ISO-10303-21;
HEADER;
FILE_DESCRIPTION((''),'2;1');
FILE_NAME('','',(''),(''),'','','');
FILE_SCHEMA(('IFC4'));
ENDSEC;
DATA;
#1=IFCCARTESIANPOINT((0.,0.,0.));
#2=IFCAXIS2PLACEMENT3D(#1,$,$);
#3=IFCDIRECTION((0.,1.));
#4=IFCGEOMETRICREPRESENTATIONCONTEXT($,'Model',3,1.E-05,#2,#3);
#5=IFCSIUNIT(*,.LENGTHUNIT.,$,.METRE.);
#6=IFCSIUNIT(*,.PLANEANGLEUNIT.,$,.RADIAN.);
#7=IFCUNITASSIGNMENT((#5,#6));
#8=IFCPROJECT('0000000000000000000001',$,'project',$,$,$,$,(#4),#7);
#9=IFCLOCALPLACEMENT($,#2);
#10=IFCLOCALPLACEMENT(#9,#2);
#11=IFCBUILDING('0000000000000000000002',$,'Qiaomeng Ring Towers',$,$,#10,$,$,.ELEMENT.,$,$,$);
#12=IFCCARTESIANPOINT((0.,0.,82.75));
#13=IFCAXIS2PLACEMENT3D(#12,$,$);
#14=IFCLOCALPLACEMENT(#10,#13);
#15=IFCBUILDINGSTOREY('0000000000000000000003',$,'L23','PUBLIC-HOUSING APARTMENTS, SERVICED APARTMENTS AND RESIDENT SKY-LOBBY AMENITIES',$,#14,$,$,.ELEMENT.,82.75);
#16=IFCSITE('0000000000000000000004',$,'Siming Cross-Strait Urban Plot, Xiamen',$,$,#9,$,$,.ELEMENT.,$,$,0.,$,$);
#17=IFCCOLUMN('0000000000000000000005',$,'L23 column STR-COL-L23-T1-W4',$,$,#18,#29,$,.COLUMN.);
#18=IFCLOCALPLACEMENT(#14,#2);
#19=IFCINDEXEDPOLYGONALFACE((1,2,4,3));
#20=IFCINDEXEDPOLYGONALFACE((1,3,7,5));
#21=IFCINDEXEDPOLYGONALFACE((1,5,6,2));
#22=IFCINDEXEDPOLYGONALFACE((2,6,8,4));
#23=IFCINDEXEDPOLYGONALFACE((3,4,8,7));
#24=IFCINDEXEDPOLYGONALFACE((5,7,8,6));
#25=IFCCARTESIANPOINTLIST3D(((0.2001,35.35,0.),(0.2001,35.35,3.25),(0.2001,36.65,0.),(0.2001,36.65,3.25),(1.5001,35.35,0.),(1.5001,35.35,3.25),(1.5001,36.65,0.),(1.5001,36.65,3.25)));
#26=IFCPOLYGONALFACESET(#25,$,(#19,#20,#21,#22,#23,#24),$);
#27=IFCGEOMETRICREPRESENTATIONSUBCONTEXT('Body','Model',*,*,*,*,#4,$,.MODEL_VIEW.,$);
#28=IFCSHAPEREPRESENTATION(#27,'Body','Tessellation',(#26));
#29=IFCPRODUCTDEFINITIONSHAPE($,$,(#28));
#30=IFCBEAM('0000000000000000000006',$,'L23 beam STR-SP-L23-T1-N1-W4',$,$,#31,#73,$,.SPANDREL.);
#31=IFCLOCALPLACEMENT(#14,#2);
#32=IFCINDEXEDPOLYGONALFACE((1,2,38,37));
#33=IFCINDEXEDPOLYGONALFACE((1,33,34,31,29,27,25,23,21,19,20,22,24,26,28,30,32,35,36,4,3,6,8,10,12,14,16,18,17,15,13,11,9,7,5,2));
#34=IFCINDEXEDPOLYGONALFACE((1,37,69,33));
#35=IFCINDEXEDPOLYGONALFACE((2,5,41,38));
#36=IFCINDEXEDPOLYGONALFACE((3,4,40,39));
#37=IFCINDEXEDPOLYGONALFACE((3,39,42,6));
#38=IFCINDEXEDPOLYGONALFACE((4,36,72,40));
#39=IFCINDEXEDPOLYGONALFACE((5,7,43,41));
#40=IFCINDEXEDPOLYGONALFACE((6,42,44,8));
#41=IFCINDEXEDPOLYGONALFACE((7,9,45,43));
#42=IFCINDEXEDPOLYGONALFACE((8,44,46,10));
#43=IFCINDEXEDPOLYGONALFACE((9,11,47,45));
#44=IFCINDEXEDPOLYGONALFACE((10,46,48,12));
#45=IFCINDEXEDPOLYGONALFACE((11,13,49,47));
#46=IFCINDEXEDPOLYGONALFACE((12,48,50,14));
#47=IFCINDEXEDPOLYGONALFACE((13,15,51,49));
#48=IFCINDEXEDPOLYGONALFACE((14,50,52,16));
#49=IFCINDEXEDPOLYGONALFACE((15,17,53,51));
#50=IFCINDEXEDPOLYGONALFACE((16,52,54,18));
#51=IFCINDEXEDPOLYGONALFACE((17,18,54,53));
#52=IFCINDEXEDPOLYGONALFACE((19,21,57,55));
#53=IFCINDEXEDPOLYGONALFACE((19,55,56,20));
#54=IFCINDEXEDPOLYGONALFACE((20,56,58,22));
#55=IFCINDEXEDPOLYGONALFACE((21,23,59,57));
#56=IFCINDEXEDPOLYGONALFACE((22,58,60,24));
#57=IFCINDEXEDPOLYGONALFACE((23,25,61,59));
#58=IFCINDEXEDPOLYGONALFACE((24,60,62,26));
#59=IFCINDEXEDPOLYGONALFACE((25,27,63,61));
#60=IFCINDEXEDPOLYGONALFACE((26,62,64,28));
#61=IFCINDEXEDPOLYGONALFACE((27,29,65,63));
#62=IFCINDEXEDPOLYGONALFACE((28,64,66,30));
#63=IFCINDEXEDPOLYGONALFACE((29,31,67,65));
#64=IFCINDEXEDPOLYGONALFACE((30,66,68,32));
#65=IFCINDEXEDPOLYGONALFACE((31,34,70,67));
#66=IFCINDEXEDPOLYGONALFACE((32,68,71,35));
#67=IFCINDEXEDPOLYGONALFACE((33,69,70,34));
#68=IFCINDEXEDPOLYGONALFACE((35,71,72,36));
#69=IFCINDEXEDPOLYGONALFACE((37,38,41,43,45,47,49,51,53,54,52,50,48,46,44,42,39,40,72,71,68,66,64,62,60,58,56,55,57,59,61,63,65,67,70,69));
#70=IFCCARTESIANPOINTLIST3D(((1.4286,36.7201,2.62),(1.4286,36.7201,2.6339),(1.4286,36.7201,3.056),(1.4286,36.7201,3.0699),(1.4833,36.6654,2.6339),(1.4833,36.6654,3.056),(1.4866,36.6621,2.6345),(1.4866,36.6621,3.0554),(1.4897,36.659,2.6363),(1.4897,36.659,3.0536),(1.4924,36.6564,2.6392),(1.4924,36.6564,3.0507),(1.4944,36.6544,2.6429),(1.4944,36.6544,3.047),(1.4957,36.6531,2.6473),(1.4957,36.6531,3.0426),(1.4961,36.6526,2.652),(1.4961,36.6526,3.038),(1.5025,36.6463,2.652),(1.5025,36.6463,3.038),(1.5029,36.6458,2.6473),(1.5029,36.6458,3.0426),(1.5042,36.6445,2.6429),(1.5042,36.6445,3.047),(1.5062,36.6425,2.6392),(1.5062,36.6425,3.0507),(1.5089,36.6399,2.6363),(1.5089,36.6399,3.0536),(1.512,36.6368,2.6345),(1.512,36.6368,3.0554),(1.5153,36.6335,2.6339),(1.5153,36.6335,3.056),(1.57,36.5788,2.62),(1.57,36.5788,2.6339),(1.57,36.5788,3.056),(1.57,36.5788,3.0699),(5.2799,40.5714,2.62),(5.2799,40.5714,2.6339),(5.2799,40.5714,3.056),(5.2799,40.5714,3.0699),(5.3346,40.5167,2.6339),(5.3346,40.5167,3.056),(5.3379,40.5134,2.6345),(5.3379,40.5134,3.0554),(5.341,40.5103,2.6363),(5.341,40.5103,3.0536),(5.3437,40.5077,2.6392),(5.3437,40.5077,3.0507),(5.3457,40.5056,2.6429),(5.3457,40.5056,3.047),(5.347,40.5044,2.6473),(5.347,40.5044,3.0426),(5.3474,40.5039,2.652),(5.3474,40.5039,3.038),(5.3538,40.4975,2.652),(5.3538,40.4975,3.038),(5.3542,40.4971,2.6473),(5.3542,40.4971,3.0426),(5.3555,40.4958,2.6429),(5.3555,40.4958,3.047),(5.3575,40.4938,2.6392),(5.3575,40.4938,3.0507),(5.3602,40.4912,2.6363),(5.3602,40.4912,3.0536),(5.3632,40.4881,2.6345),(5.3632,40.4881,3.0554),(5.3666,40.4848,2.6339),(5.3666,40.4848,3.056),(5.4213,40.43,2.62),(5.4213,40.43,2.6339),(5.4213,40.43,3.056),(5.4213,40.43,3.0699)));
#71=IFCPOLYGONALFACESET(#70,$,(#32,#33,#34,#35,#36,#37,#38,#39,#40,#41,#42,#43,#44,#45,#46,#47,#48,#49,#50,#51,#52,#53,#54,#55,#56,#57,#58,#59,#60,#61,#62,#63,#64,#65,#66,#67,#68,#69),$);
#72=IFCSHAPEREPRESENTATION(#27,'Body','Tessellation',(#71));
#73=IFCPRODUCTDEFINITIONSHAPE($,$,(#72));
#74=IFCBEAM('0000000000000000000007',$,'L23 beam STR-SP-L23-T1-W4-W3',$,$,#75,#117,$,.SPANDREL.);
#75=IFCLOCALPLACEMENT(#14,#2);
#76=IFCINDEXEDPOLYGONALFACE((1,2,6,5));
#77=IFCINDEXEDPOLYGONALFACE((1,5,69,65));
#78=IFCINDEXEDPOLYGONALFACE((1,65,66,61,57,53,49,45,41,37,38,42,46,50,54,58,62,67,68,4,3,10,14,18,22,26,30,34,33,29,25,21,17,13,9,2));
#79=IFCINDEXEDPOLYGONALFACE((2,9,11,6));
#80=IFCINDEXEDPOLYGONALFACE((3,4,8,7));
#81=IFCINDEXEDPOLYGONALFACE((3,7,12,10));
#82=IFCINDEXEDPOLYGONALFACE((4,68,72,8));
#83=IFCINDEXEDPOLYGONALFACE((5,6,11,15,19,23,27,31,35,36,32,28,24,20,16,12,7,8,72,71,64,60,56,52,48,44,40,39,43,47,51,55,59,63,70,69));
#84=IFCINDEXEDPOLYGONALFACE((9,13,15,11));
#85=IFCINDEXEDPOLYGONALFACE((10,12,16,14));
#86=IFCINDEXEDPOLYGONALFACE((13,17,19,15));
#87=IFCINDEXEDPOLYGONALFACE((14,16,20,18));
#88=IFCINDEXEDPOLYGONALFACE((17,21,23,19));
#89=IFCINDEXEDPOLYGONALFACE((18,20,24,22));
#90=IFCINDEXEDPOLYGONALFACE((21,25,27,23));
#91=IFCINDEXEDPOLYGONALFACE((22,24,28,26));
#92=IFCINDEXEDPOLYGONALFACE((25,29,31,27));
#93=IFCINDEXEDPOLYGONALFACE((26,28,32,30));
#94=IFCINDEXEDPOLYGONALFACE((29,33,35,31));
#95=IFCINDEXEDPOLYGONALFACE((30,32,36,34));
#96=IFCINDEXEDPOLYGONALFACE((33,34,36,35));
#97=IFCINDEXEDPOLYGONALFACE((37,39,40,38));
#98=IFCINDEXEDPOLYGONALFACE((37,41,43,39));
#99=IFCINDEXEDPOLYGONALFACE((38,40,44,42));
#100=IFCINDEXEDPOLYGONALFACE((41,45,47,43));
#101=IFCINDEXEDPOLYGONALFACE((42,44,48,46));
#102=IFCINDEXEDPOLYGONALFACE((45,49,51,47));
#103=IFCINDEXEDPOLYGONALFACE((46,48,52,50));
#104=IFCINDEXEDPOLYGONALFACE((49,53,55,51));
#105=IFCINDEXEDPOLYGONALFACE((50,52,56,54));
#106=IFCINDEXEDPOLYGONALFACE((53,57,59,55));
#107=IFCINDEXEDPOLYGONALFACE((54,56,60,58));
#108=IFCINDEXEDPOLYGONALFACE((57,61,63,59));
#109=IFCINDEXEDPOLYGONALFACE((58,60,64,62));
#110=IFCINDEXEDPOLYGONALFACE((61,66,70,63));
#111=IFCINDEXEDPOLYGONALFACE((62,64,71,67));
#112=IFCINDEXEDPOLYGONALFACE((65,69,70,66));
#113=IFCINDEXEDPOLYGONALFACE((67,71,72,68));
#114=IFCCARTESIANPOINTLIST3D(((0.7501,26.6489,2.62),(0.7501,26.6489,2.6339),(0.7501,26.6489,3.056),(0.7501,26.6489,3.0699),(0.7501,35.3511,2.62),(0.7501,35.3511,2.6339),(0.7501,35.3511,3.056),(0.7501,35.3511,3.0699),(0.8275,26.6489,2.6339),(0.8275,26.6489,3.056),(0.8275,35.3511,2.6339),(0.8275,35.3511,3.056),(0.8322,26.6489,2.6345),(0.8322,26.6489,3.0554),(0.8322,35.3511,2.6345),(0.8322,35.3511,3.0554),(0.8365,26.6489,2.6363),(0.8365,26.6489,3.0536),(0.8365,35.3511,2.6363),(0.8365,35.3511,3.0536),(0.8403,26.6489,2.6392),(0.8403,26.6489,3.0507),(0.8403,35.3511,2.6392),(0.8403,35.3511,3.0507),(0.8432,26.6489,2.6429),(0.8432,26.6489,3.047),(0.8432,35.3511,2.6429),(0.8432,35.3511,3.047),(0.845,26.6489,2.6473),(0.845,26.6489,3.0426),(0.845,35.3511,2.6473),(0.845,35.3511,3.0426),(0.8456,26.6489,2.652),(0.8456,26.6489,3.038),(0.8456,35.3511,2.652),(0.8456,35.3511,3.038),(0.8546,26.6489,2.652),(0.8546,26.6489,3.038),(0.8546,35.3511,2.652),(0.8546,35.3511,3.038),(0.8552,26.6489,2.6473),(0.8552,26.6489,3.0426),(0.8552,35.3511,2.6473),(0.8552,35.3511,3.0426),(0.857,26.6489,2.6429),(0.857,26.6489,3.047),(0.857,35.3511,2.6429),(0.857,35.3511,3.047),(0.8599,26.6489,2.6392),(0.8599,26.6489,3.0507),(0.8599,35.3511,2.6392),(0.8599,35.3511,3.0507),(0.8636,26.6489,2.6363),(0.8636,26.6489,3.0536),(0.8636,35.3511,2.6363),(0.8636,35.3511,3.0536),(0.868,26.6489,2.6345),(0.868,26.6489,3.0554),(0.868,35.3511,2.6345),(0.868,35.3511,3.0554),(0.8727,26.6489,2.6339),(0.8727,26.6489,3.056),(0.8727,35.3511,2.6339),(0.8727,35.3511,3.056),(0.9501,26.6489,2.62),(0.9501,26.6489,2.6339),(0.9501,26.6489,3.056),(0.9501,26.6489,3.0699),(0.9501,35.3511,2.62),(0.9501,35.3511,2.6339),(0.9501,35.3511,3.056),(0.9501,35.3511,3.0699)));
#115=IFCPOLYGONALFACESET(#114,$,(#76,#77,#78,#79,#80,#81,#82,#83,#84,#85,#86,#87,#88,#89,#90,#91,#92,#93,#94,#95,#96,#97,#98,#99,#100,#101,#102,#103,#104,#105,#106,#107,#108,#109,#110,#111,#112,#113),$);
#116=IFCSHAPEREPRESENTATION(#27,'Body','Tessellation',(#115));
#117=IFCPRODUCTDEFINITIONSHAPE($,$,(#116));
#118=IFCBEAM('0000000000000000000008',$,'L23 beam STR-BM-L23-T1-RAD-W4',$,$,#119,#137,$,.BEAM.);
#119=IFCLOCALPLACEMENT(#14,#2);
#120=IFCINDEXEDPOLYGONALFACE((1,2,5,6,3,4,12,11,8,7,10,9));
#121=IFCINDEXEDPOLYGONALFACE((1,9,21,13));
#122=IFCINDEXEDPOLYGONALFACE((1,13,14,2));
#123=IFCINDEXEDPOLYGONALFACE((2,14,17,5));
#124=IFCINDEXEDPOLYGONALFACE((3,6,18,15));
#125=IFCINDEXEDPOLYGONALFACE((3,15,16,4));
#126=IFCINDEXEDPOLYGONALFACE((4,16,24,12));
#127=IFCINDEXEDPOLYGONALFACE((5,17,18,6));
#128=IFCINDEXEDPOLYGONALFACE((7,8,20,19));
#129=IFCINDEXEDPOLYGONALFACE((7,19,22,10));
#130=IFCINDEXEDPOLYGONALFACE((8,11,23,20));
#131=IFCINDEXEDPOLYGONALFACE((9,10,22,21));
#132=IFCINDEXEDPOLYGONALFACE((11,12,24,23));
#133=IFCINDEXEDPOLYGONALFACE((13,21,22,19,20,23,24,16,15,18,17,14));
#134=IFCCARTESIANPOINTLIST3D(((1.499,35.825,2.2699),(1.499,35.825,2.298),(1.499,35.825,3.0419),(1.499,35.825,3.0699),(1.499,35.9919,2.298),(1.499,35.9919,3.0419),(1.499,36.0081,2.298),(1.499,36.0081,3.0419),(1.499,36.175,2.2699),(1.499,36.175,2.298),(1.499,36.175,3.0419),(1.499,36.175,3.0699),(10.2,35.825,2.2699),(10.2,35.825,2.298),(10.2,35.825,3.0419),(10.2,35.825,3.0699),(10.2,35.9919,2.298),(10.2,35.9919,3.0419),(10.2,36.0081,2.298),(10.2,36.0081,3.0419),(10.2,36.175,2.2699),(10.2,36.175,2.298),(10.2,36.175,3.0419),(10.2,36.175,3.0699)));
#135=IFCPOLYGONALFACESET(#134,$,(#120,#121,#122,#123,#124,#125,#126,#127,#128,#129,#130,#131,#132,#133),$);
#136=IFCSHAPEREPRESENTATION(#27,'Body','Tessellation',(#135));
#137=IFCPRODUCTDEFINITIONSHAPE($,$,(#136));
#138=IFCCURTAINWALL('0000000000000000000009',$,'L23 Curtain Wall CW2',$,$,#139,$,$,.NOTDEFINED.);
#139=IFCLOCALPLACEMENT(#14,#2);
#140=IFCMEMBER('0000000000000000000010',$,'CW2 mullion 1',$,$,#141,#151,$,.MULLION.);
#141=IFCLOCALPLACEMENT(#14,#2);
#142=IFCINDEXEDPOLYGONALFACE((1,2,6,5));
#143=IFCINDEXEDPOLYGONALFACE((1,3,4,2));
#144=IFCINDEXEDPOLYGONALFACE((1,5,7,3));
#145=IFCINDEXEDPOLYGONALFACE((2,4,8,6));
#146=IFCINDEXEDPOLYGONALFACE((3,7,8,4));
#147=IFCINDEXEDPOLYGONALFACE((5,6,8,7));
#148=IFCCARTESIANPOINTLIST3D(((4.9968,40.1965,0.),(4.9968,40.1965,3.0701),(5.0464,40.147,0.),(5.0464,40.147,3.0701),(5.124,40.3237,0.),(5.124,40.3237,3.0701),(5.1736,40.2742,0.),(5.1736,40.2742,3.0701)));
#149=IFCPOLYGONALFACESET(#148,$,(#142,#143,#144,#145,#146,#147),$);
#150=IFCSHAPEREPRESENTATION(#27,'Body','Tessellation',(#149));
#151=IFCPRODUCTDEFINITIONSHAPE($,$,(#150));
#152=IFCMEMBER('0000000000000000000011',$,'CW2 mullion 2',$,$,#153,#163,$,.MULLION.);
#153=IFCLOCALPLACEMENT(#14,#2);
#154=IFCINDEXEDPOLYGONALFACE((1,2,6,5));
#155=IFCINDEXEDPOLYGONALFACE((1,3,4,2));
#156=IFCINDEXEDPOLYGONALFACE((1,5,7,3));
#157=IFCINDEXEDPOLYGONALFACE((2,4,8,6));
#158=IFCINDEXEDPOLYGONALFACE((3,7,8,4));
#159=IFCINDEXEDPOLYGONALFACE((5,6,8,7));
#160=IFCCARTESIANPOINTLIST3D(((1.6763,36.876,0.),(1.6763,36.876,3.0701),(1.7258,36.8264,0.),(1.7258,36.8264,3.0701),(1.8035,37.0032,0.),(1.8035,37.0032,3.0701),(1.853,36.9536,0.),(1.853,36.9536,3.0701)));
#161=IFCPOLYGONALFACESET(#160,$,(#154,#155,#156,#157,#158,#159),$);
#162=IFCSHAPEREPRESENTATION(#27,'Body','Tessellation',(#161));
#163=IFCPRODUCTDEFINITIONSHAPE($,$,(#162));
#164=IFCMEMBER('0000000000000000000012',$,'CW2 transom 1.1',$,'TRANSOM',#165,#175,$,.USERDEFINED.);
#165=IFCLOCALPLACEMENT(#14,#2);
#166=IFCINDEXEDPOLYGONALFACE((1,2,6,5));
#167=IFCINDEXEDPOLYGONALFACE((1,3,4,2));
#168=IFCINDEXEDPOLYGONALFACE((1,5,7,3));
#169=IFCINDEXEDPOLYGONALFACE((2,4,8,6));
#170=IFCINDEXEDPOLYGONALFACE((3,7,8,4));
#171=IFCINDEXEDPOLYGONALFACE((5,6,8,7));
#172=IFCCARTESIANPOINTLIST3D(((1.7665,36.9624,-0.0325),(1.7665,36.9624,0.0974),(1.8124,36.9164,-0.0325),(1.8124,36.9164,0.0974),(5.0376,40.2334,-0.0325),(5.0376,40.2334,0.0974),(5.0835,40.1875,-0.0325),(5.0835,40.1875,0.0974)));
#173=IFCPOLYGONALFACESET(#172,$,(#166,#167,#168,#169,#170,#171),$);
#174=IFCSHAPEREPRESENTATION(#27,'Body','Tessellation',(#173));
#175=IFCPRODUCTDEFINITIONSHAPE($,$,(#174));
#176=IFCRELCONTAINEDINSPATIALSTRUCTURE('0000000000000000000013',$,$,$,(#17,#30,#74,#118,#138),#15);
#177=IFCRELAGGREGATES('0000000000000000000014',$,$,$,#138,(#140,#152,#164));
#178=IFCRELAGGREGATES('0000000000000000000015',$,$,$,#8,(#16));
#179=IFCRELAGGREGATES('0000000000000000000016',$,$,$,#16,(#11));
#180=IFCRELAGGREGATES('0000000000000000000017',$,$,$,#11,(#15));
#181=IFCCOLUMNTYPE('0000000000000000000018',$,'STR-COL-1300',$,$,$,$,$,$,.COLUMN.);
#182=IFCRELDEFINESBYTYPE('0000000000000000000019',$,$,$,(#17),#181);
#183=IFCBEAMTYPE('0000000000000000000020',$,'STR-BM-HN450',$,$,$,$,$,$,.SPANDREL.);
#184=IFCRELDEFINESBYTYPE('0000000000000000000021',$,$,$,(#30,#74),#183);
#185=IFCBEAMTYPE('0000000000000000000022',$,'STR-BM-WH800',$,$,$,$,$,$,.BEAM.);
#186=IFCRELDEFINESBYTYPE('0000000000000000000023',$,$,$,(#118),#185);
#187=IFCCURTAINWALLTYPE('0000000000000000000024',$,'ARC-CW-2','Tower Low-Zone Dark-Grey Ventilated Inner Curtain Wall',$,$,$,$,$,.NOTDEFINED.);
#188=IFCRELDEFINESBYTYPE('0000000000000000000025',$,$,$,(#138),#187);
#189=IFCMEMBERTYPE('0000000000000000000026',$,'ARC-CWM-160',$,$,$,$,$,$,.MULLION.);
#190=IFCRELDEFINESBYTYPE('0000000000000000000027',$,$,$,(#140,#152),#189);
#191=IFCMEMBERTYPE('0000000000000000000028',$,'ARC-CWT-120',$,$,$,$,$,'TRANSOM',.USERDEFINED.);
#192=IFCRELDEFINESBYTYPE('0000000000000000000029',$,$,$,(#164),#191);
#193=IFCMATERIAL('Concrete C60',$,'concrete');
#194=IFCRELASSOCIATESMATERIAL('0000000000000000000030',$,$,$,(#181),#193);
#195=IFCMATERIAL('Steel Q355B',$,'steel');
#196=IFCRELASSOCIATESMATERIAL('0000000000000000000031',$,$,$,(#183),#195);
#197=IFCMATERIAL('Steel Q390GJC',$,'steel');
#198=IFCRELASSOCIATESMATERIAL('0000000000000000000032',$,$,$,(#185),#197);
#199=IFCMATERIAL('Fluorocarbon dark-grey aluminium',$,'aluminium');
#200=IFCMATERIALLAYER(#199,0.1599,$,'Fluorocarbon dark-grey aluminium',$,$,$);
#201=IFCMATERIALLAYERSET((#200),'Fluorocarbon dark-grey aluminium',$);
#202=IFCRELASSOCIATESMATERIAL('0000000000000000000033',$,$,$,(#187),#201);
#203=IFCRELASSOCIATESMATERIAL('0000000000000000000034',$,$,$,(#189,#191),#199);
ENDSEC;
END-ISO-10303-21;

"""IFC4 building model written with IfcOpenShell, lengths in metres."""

from ifc_helpers import new_model, si_unit, direction, frame, origin, origin_2d, place, context, subcontext, project, spatial, rectangle, i_section, extrude, source, transform, mapped, material, layer, layer_set, material_profile, profile_set, type_object, element, aggregate, save


model = new_model("IFC4")

# Units and contexts
model_context = context("Model", 3, precision=1e-05, world=origin(), true_north=direction((0.0, 1.0)))
body_context = subcontext(model_context, "Body", "Model", "MODEL_VIEW")
ifc_project = project(units=[si_unit("LENGTHUNIT", "METRE"), si_unit("PLANEANGLEUNIT", "RADIAN")], contexts=[model_context])

# Site, building, storey
site_placement = place(None, origin())
site = spatial("IfcSite", under=ifc_project, at=site_placement, Name="Siming Cross-Strait Urban Plot, Xiamen", CompositionType="ELEMENT", RefElevation=0.0)
building_placement = place(site_placement, origin())
building = spatial("IfcBuilding", under=site, at=building_placement, Name="Qiaomeng Ring Towers", CompositionType="ELEMENT")
storey_placement = place(building_placement, frame((0.0, 0.0, 82.75)))
storey = spatial("IfcBuildingStorey", under=building, at=storey_placement, Name="L23", Description="PUBLIC-HOUSING APARTMENTS, SERVICED APARTMENTS AND RESIDENT SKY-LOBBY AMENITIES", CompositionType="ELEMENT", Elevation=82.75)

# Column
ifc_material_1 = material(Name="Concrete C60", Category="concrete")
ifc_material_profile_1 = material_profile(ifc_material_1, rectangle(XDim=1.3, YDim=1.3, at=origin_2d()), Name="RC COL 1300x1300")
ifc_profile_set_1 = profile_set([ifc_material_profile_1], Name="Concrete C60")
column_type = type_object("IfcColumnType", Name="STR-COL-1300", PredefinedType="COLUMN", material=ifc_profile_set_1)
shared_shape_1 = source(origin(), body_context, "Body", "SweptSolid", [
    extrude(rectangle(XDim=1.3, YDim=1.3, at=origin_2d()), origin(), (0.0, 0.0, 1.0), 3.25),
])
column_placement = place(storey_placement, frame((0.8501, 36.0, 0.0), z_axis=(0.0, 0.0, 1.0), x_axis=(1.0, 0.0, 0.0)))
element("IfcColumn", 1, at=column_placement, inside=storey, type_object=column_type, Name="L23 column STR-COL-L23-T1-W4", PredefinedType="COLUMN", context=body_context, shape_type="MappedRepresentation", body=[
    mapped(shared_shape_1, transform((0.0, 0.0, 0.0), x_axis=(1.0, 0.0, 0.0), y_axis=(0.0, 1.0, 0.0), z_axis=(0.0, 0.0, 1.0), scale=1.0)),
])

# Beams
ifc_material_2 = material(Name="Steel Q355B", Category="steel")
ifc_material_profile_2 = material_profile(ifc_material_2, i_section(OverallWidth=0.2, OverallDepth=0.45, WebThickness=0.009, FlangeThickness=0.0139, FilletRadius=0.0181, at=origin_2d()), Name="HN 450x200x9x14")
ifc_profile_set_2 = profile_set([ifc_material_profile_2], Name="Steel Q355B")
beam_type_1 = type_object("IfcBeamType", Name="STR-BM-HN450", PredefinedType="SPANDREL", material=ifc_profile_set_2)
shared_shape_2 = source(origin(), body_context, "Body", "SweptSolid", [
    extrude(i_section(OverallWidth=0.2, OverallDepth=0.45, WebThickness=0.009, FlangeThickness=0.0139, FilletRadius=0.0181, at=origin_2d()), origin(), (0.0, 0.0, 1.0), 5.4465),
])
beam_1_placement = place(storey_placement, frame((5.3506, 40.5007, 2.845), z_axis=(-0.707107, -0.707107, 0.0), x_axis=(0.707107, -0.707107, 0.0)))
element("IfcBeam", 2, at=beam_1_placement, inside=storey, type_object=beam_type_1, Name="L23 beam STR-SP-L23-T1-N1-W4", PredefinedType="SPANDREL", context=body_context, shape_type="MappedRepresentation", body=[
    mapped(shared_shape_2, transform((0.0, 0.0, 0.0), x_axis=(1.0, 0.0, 0.0), y_axis=(0.0, 1.0, 0.0), z_axis=(0.0, 0.0, 1.0), scale=1.0)),
])
shared_shape_3 = source(origin(), body_context, "Body", "SweptSolid", [
    extrude(i_section(OverallWidth=0.2, OverallDepth=0.45, WebThickness=0.009, FlangeThickness=0.0139, FilletRadius=0.0181, at=origin_2d()), origin(), (0.0, 0.0, 1.0), 8.7021),
])
beam_2_placement = place(storey_placement, frame((0.8501, 35.3511, 2.845), z_axis=(0.0, -1.0, 0.0), x_axis=(1.0, 0.0, 0.0)))
element("IfcBeam", 3, at=beam_2_placement, inside=storey, type_object=beam_type_1, Name="L23 beam STR-SP-L23-T1-W4-W3", PredefinedType="SPANDREL", context=body_context, shape_type="MappedRepresentation", body=[
    mapped(shared_shape_3, transform((0.0, 0.0, 0.0), x_axis=(1.0, 0.0, 0.0), y_axis=(0.0, 1.0, 0.0), z_axis=(0.0, 0.0, 1.0), scale=1.0)),
])
ifc_material_3 = material(Name="Steel Q390GJC", Category="steel")
ifc_material_profile_3 = material_profile(ifc_material_3, i_section(OverallWidth=0.3501, OverallDepth=0.8, WebThickness=0.0161, FlangeThickness=0.0281, at=origin_2d()), Name="WH 800x350x16x28")
ifc_profile_set_3 = profile_set([ifc_material_profile_3], Name="Steel Q390GJC")
beam_type_2 = type_object("IfcBeamType", Name="STR-BM-WH800", PredefinedType="BEAM", material=ifc_profile_set_3)
shared_shape_4 = source(origin(), body_context, "Body", "SweptSolid", [
    extrude(i_section(OverallWidth=0.3501, OverallDepth=0.8, WebThickness=0.0161, FlangeThickness=0.0281, at=origin_2d()), origin(), (0.0, 0.0, 1.0), 8.7009),
])
beam_3_placement = place(storey_placement, frame((1.499, 36.0, 2.6699), z_axis=(1.0, 0.0, 0.0), x_axis=(0.0, 1.0, 0.0)))
element("IfcBeam", 4, at=beam_3_placement, inside=storey, type_object=beam_type_2, Name="L23 beam STR-BM-L23-T1-RAD-W4", PredefinedType="BEAM", context=body_context, shape_type="MappedRepresentation", body=[
    mapped(shared_shape_4, transform((0.0, 0.0, 0.0), x_axis=(1.0, 0.0, 0.0), y_axis=(0.0, 1.0, 0.0), z_axis=(0.0, 0.0, 1.0), scale=1.0)),
])

# Curtain wall, members
ifc_material_4 = material(Name="Fluorocarbon dark-grey aluminium", Category="aluminium")
ifc_layer_1 = layer(ifc_material_4, 0.1599, Name="Fluorocarbon dark-grey aluminium")
ifc_layer_set_1 = layer_set([ifc_layer_1], Name="Fluorocarbon dark-grey aluminium")
curtain_wall_type = type_object("IfcCurtainWallType", Name="ARC-CW-2", Description="Tower Low-Zone Dark-Grey Ventilated Inner Curtain Wall", PredefinedType="NOTDEFINED", material=ifc_layer_set_1)
curtain_wall_placement = place(storey_placement, origin())
curtain_wall = element("IfcCurtainWall", 5, at=curtain_wall_placement, inside=storey, type_object=curtain_wall_type, Name="L23 Curtain Wall CW2", PredefinedType="NOTDEFINED")
ifc_material_profile_4 = material_profile(ifc_material_4, rectangle(XDim=0.0701, YDim=0.1799, at=origin_2d()), Name="ALU MULL 70x180")
ifc_profile_set_4 = profile_set([ifc_material_profile_4], Name="Fluorocarbon dark-grey aluminium")
member_type_1 = type_object("IfcMemberType", Name="ARC-CWM-160", PredefinedType="MULLION", material=ifc_profile_set_4)
shared_shape_5 = source(origin(), body_context, "Body", "SweptSolid", [
    extrude(rectangle(XDim=0.0701, YDim=0.1799, at=origin_2d()), origin(), (0.0, 0.0, 1.0), 3.0701),
])
member_1_placement = place(storey_placement, frame((5.0852, 40.2354, 0.0), z_axis=(0.0, 0.0, 1.0), x_axis=(0.707107, -0.707107, 0.0)))
member_1 = element("IfcMember", 6, at=member_1_placement, type_object=member_type_1, Name="CW2 mullion 1", PredefinedType="MULLION", context=body_context, shape_type="MappedRepresentation", body=[
    mapped(shared_shape_5, transform((0.0, 0.0, 0.0), x_axis=(1.0, 0.0, 0.0), y_axis=(0.0, 1.0, 0.0), z_axis=(0.0, 0.0, 1.0), scale=1.0)),
])
member_2_placement = place(storey_placement, frame((1.7646, 36.9148, 0.0), z_axis=(0.0, 0.0, 1.0), x_axis=(0.707107, -0.707107, 0.0)))
member_2 = element("IfcMember", 7, at=member_2_placement, type_object=member_type_1, Name="CW2 mullion 2", PredefinedType="MULLION", context=body_context, shape_type="MappedRepresentation", body=[
    mapped(shared_shape_5, transform((0.0, 0.0, 0.0), x_axis=(1.0, 0.0, 0.0), y_axis=(0.0, 1.0, 0.0), z_axis=(0.0, 0.0, 1.0), scale=1.0)),
])
ifc_material_profile_5 = material_profile(ifc_material_4, rectangle(XDim=0.0649, YDim=0.1299, at=origin_2d()), Name="ALU TRAN 65x130")
ifc_profile_set_5 = profile_set([ifc_material_profile_5], Name="Fluorocarbon dark-grey aluminium")
member_type_2 = type_object("IfcMemberType", Name="ARC-CWT-120", ElementType="TRANSOM", PredefinedType="USERDEFINED", material=ifc_profile_set_5)
shared_shape_6 = source(origin(), body_context, "Body", "SweptSolid", [
    extrude(rectangle(XDim=0.0649, YDim=0.1299, at=origin_2d()), origin(), (0.0, 0.0, 1.0), 4.626),
])
member_3_placement = place(storey_placement, frame((5.0605, 40.2104, 0.0325), z_axis=(-0.707107, -0.707107, 0.0), x_axis=(0.707107, -0.707107, 0.0)))
member_3 = element("IfcMember", 8, at=member_3_placement, type_object=member_type_2, Name="CW2 transom 1.1", ObjectType="TRANSOM", PredefinedType="USERDEFINED", context=body_context, shape_type="MappedRepresentation", body=[
    mapped(shared_shape_6, transform((0.0, 0.0, 0.0), x_axis=(1.0, 0.0, 0.0), y_axis=(0.0, 1.0, 0.0), z_axis=(0.0, 0.0, 1.0), scale=1.0)),
])
aggregate(curtain_wall, [member_1, member_2, member_3])

save(model, "model.ifc")
